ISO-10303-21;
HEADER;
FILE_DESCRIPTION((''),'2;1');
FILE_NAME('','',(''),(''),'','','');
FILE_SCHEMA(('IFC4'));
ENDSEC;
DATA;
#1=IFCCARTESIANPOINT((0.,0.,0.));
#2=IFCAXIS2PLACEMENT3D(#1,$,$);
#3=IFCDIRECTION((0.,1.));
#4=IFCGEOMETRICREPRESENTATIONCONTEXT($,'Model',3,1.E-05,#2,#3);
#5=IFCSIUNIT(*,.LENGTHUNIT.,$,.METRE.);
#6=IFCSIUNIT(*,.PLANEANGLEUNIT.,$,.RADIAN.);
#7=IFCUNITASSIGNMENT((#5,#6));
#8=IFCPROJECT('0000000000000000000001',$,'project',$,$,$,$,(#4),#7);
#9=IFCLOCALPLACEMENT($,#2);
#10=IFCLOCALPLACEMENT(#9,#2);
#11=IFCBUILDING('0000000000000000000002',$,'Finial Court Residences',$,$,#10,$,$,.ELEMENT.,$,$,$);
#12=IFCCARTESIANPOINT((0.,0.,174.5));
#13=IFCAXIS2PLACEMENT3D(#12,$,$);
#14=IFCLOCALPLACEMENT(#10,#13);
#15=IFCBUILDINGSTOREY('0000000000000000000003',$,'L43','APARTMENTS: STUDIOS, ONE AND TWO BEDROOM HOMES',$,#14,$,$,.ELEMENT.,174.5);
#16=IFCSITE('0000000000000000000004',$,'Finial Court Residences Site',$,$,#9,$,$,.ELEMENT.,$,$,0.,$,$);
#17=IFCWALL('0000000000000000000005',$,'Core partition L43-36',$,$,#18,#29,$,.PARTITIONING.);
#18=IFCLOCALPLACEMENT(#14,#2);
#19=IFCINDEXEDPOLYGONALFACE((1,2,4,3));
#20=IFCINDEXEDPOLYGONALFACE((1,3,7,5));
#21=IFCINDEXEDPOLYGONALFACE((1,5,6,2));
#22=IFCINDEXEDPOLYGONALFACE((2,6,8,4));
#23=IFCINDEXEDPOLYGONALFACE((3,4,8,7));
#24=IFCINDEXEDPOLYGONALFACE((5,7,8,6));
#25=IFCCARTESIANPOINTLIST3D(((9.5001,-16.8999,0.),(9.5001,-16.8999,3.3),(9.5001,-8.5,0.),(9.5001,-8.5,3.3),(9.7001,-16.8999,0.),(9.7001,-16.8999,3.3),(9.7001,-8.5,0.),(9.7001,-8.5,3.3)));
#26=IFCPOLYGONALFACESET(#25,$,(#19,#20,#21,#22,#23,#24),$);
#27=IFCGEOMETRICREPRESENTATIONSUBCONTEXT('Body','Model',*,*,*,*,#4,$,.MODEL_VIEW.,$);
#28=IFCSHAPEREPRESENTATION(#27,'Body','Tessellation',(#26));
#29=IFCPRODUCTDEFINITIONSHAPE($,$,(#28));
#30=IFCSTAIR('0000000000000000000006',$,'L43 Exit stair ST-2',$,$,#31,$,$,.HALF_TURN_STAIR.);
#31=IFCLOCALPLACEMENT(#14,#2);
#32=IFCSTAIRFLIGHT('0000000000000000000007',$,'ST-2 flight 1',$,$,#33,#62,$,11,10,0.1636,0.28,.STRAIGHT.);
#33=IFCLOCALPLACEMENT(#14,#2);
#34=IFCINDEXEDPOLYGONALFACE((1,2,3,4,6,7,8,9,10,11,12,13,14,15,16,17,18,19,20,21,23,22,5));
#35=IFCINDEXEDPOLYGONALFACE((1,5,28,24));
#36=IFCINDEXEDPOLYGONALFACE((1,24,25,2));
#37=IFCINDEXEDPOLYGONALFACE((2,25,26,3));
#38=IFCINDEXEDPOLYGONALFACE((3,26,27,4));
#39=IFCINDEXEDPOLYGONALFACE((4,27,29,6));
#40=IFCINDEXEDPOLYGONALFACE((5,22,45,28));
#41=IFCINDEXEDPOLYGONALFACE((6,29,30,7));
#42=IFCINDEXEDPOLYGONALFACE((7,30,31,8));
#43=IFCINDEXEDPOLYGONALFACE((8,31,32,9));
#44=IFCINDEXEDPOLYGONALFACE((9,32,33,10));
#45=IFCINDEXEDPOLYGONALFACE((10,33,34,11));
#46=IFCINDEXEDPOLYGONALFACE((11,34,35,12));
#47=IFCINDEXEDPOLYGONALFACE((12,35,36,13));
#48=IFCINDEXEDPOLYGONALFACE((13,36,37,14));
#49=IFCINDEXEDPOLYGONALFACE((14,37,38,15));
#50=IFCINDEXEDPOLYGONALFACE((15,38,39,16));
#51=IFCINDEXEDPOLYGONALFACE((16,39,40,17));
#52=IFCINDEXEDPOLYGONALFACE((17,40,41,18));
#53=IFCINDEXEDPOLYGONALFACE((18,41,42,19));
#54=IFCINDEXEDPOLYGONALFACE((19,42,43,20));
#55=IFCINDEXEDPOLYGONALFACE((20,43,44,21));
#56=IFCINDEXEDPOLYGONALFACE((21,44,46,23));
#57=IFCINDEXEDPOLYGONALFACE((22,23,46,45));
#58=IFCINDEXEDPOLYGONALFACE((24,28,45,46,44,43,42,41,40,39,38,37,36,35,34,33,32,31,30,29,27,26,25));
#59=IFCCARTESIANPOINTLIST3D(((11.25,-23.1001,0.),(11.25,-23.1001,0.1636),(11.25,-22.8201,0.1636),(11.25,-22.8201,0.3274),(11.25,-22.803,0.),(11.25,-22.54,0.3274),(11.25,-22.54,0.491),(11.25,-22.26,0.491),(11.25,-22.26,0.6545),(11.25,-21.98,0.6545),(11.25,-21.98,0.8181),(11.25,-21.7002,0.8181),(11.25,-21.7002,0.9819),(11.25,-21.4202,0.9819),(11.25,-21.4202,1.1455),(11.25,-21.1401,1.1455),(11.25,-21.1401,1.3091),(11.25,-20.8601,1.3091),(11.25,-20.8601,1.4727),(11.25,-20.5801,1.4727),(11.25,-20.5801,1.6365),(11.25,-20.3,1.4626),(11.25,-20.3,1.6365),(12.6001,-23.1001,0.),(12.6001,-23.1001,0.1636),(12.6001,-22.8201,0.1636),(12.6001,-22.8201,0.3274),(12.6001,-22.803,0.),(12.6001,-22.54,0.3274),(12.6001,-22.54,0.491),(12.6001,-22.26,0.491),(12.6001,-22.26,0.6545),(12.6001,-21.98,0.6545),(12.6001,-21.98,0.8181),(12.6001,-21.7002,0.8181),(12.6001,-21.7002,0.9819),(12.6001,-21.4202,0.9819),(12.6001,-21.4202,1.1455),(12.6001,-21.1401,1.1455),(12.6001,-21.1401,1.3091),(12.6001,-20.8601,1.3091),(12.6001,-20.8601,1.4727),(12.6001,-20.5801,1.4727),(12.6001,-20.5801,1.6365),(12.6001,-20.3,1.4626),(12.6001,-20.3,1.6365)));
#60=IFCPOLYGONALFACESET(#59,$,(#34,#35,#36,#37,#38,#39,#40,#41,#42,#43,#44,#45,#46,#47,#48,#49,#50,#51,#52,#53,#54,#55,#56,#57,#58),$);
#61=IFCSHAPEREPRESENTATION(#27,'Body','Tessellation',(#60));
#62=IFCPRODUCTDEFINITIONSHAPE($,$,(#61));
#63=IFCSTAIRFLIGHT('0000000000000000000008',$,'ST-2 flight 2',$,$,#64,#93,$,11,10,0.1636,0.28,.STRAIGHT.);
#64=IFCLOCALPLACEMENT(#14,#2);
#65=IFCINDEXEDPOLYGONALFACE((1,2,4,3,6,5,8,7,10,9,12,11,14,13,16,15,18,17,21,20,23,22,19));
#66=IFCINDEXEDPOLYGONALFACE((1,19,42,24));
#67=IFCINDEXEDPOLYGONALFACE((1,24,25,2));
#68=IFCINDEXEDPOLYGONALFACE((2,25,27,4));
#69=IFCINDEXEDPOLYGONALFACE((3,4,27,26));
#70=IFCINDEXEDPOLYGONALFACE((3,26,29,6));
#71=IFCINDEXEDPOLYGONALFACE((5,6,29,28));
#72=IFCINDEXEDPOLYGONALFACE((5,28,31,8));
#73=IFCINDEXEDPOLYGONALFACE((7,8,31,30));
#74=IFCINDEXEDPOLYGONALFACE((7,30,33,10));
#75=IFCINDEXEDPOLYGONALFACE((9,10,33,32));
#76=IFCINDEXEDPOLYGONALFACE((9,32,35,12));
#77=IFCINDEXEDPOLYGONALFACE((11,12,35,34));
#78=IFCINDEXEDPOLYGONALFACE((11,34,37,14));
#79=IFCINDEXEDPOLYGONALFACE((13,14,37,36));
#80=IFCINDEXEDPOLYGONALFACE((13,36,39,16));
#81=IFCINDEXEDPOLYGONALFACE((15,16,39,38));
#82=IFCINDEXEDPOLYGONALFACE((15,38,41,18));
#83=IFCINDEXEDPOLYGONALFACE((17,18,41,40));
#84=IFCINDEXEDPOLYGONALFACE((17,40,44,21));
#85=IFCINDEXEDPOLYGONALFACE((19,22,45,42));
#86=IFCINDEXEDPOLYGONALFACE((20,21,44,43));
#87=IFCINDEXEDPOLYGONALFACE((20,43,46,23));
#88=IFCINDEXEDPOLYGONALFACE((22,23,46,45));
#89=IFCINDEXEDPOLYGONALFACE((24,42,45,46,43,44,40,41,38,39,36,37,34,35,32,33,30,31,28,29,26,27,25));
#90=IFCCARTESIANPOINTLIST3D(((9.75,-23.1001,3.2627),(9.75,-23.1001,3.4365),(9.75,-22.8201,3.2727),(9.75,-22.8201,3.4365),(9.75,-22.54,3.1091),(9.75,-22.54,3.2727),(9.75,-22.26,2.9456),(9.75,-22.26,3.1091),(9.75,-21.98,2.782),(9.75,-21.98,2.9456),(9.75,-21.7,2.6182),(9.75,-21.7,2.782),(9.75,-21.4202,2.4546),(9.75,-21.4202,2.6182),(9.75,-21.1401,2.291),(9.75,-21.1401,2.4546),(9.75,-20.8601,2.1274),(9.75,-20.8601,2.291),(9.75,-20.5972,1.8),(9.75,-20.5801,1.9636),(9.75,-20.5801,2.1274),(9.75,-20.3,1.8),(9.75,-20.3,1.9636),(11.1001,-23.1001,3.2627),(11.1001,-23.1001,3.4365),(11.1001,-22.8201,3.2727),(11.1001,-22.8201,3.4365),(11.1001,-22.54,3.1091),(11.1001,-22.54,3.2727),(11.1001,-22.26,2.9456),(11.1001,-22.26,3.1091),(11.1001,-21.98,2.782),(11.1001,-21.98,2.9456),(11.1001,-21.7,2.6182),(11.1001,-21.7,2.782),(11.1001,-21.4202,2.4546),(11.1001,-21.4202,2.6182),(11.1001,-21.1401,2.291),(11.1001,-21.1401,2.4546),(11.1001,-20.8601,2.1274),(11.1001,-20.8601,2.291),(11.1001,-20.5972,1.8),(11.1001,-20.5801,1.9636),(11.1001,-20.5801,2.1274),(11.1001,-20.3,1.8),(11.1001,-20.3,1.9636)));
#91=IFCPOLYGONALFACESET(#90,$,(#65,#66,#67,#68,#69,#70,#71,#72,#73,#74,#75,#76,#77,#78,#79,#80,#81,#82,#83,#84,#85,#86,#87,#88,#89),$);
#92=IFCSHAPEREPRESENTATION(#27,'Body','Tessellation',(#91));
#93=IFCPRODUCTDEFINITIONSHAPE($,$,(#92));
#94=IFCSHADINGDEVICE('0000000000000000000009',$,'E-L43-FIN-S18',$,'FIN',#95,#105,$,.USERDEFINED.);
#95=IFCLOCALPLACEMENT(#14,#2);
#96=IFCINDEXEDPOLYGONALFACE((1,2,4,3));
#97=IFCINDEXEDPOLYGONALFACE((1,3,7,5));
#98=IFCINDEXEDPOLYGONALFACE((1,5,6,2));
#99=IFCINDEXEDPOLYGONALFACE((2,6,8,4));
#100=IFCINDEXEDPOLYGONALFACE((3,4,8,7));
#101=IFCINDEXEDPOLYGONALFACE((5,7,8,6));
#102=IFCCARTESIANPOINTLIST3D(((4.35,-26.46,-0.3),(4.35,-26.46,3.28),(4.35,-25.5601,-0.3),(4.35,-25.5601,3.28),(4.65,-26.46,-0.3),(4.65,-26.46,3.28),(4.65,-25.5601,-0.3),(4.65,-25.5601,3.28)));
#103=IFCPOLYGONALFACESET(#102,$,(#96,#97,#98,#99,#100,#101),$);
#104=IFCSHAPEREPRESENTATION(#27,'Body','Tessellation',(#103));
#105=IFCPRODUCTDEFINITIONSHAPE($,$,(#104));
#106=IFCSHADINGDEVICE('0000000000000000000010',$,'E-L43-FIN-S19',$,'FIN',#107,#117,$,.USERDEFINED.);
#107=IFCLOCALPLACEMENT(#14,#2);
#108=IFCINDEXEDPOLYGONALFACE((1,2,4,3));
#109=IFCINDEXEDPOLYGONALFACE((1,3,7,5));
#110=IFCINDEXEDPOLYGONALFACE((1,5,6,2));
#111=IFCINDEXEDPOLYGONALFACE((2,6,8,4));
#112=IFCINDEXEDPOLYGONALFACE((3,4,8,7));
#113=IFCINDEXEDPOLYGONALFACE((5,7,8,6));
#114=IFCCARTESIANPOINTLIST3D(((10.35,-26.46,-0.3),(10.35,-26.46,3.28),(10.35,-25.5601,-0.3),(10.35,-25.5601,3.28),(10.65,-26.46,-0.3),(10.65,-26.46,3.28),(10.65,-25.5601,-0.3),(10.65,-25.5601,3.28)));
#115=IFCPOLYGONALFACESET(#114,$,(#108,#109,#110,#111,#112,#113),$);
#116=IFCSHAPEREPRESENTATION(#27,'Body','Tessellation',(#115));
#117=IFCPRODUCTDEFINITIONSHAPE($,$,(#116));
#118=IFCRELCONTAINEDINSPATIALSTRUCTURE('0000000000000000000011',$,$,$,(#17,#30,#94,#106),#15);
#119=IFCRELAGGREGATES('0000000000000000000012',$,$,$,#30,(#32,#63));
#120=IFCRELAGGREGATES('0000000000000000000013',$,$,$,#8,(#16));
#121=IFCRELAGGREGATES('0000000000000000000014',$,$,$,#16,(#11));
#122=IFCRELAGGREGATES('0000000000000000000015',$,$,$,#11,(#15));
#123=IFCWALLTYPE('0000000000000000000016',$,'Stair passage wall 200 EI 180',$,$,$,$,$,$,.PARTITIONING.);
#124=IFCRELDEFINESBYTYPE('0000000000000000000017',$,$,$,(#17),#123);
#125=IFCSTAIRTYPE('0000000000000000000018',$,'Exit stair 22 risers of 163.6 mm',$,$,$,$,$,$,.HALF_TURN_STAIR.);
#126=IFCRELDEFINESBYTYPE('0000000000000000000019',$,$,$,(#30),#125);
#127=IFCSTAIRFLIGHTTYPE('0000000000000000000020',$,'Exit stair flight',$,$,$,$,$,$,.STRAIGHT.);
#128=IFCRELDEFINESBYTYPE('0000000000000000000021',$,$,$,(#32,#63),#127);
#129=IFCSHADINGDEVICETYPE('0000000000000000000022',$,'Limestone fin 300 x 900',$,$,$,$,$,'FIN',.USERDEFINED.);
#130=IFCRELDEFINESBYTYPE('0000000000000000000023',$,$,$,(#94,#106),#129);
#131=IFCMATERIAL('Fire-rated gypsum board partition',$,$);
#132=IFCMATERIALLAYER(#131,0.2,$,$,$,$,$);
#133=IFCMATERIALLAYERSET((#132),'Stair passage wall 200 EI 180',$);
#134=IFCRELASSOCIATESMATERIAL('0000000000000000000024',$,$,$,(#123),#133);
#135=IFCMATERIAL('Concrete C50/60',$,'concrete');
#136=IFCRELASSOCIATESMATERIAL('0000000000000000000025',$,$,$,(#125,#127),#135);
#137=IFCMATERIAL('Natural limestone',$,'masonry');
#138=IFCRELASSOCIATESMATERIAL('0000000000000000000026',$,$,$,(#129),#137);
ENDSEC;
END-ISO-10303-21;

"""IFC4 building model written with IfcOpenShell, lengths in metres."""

from ifc_helpers import new_model, si_unit, direction, frame, frame_2d, origin, origin_2d, place, context, subcontext, project, spatial, polyline, rectangle, outline, extrude, material, layer, layer_set, type_object, element, aggregate, save


model = new_model("IFC4")

# Units and contexts
model_context = context("Model", 3, precision=1e-05, world=origin(), true_north=direction((0.0, 1.0)))
body_context = subcontext(model_context, "Body", "Model", "MODEL_VIEW")
ifc_project = project(units=[si_unit("LENGTHUNIT", "METRE"), si_unit("PLANEANGLEUNIT", "RADIAN")], contexts=[model_context])

# Site, building, storey
site_placement = place(None, origin())
site = spatial("IfcSite", under=ifc_project, at=site_placement, Name="Finial Court Residences Site", CompositionType="ELEMENT", RefElevation=0.0)
building_placement = place(site_placement, origin())
building = spatial("IfcBuilding", under=site, at=building_placement, Name="Finial Court Residences", CompositionType="ELEMENT")
storey_placement = place(building_placement, frame((0.0, 0.0, 174.5)))
storey = spatial("IfcBuildingStorey", under=building, at=storey_placement, Name="L43", Description="APARTMENTS: STUDIOS, ONE AND TWO BEDROOM HOMES", CompositionType="ELEMENT", Elevation=174.5)

# Shared definitions
ifc_material_1 = material(Name="Fire-rated gypsum board partition")

# Wall
ifc_layer_1 = layer(ifc_material_1, 0.2)
ifc_layer_set_1 = layer_set([ifc_layer_1], Name="Stair passage wall 200 EI 180")
wall_type_1 = type_object("IfcWallType", Name="Stair passage wall 200 EI 180", PredefinedType="PARTITIONING", material=ifc_layer_set_1)
wall_1_placement = place(storey_placement, frame((9.6001, -16.8999, 0.0), z_axis=(0.0, 0.0, 1.0), x_axis=(0.0, 1.0, 0.0)))
element("IfcWall", 1, at=wall_1_placement, inside=storey, type_object=wall_type_1, Name="Core partition L43-36", PredefinedType="PARTITIONING", context=body_context, shape_type="SweptSolid", body=[
    extrude(rectangle(XDim=8.3999, YDim=0.2, at=frame_2d((4.2, 0.0))), origin(), (0.0, 0.0, 1.0), 3.3),
])

# Stair, stair flights
ifc_material_2 = material(Name="Concrete C50/60", Category="concrete")
stair_type = type_object("IfcStairType", Name="Exit stair 22 risers of 163.6 mm", PredefinedType="HALF_TURN_STAIR", material=ifc_material_2)
stair_placement = place(storey_placement, origin())
stair = element("IfcStair", 2, at=stair_placement, inside=storey, type_object=stair_type, Name="L43 Exit stair ST-2", PredefinedType="HALF_TURN_STAIR")
stair_flight_type = type_object("IfcStairFlightType", Name="Exit stair flight", PredefinedType="STRAIGHT", material=ifc_material_2)
stair_flight_1_placement = place(storey_placement, frame((11.925, -23.1001, 0.0), z_axis=(0.0, 0.0, 1.0), x_axis=(0.0, 1.0, 0.0)))
stair_flight_1 = element("IfcStairFlight", 3, at=stair_flight_1_placement, type_object=stair_flight_type, Name="ST-2 flight 1", NumberOfRisers=11, NumberOfTreads=10, PredefinedType="STRAIGHT", RiserHeight=0.1636, TreadLength=0.28, context=body_context, shape_type="SweptSolid", body=[
    extrude(outline(polyline([(0.0, 0.0), (0.0, 0.1636), (0.28, 0.1636), (0.28, 0.3274), (0.5601, 0.3274), (0.5601, 0.491), (0.8401, 0.491), (0.8401, 0.6545), (1.1201, 0.6545), (1.1201, 0.8181), (1.3999, 0.8181), (1.3999, 0.9819), (1.6799, 0.9819), (1.6799, 1.1455), (1.96, 1.1455), (1.96, 1.3091), (2.24, 1.3091), (2.24, 1.4727), (2.52, 1.4727), (2.52, 1.6365), (2.8, 1.6365), (2.8, 1.8), (2.8, 1.4626), (0.2971, 0.0), (0.0, 0.0)])), frame((0.0, 0.675, 0.0), z_axis=(0.0, -1.0, 0.0), x_axis=(1.0, 0.0, 0.0)), (0.0, 0.0, 1.0), 1.3501),
])
stair_flight_2_placement = place(storey_placement, frame((10.425, -20.3, 1.8), z_axis=(0.0, 0.0, 1.0), x_axis=(0.0, -1.0, 0.0)))
stair_flight_2 = element("IfcStairFlight", 4, at=stair_flight_2_placement, type_object=stair_flight_type, Name="ST-2 flight 2", NumberOfRisers=11, NumberOfTreads=10, PredefinedType="STRAIGHT", RiserHeight=0.1636, TreadLength=0.28, context=body_context, shape_type="SweptSolid", body=[
    extrude(outline(polyline([(0.0, 0.0), (0.0, 0.1636), (0.28, 0.1636), (0.28, 0.3274), (0.5601, 0.3274), (0.5601, 0.491), (0.8401, 0.491), (0.8401, 0.6545), (1.1201, 0.6545), (1.1201, 0.8181), (1.3999, 0.8181), (1.3999, 0.9819), (1.6799, 0.9819), (1.6799, 1.1455), (1.96, 1.1455), (1.96, 1.3091), (2.24, 1.3091), (2.24, 1.4727), (2.52, 1.4727), (2.52, 1.6365), (2.8, 1.6365), (2.8, 1.8), (2.8, 1.4626), (0.2971, 0.0), (0.0, 0.0)])), frame((0.0, 0.675, 0.0), z_axis=(0.0, -1.0, 0.0), x_axis=(1.0, 0.0, 0.0)), (0.0, 0.0, 1.0), 1.3501),
])
aggregate(stair, [stair_flight_1, stair_flight_2])

# Shading devices
ifc_material_3 = material(Name="Natural limestone", Category="masonry")
shading_device_type = type_object("IfcShadingDeviceType", Name="Limestone fin 300 x 900", ElementType="FIN", PredefinedType="USERDEFINED", material=ifc_material_3)
for number, where, z_axis, x_axis, name in (
    (5, (4.5, -26.01, -0.3), (0.0, 0.0, 1.0), (1.0, 0.0, 0.0), "E-L43-FIN-S18"),
    (6, (10.5, -26.01, -0.3), (0.0, 0.0, 1.0), (1.0, 0.0, 0.0), "E-L43-FIN-S19"),
):
    element("IfcShadingDevice", number, at=place(storey_placement, frame(where, z_axis=z_axis, x_axis=x_axis)), inside=storey, type_object=shading_device_type, Name=name, ObjectType="FIN", PredefinedType="USERDEFINED", context=body_context, shape_type="SweptSolid", body=[
        extrude(rectangle(XDim=0.3, YDim=0.8999, at=origin_2d()), origin(), (0.0, 0.0, 1.0), 3.5801),
    ])

save(model, "model.ifc")
